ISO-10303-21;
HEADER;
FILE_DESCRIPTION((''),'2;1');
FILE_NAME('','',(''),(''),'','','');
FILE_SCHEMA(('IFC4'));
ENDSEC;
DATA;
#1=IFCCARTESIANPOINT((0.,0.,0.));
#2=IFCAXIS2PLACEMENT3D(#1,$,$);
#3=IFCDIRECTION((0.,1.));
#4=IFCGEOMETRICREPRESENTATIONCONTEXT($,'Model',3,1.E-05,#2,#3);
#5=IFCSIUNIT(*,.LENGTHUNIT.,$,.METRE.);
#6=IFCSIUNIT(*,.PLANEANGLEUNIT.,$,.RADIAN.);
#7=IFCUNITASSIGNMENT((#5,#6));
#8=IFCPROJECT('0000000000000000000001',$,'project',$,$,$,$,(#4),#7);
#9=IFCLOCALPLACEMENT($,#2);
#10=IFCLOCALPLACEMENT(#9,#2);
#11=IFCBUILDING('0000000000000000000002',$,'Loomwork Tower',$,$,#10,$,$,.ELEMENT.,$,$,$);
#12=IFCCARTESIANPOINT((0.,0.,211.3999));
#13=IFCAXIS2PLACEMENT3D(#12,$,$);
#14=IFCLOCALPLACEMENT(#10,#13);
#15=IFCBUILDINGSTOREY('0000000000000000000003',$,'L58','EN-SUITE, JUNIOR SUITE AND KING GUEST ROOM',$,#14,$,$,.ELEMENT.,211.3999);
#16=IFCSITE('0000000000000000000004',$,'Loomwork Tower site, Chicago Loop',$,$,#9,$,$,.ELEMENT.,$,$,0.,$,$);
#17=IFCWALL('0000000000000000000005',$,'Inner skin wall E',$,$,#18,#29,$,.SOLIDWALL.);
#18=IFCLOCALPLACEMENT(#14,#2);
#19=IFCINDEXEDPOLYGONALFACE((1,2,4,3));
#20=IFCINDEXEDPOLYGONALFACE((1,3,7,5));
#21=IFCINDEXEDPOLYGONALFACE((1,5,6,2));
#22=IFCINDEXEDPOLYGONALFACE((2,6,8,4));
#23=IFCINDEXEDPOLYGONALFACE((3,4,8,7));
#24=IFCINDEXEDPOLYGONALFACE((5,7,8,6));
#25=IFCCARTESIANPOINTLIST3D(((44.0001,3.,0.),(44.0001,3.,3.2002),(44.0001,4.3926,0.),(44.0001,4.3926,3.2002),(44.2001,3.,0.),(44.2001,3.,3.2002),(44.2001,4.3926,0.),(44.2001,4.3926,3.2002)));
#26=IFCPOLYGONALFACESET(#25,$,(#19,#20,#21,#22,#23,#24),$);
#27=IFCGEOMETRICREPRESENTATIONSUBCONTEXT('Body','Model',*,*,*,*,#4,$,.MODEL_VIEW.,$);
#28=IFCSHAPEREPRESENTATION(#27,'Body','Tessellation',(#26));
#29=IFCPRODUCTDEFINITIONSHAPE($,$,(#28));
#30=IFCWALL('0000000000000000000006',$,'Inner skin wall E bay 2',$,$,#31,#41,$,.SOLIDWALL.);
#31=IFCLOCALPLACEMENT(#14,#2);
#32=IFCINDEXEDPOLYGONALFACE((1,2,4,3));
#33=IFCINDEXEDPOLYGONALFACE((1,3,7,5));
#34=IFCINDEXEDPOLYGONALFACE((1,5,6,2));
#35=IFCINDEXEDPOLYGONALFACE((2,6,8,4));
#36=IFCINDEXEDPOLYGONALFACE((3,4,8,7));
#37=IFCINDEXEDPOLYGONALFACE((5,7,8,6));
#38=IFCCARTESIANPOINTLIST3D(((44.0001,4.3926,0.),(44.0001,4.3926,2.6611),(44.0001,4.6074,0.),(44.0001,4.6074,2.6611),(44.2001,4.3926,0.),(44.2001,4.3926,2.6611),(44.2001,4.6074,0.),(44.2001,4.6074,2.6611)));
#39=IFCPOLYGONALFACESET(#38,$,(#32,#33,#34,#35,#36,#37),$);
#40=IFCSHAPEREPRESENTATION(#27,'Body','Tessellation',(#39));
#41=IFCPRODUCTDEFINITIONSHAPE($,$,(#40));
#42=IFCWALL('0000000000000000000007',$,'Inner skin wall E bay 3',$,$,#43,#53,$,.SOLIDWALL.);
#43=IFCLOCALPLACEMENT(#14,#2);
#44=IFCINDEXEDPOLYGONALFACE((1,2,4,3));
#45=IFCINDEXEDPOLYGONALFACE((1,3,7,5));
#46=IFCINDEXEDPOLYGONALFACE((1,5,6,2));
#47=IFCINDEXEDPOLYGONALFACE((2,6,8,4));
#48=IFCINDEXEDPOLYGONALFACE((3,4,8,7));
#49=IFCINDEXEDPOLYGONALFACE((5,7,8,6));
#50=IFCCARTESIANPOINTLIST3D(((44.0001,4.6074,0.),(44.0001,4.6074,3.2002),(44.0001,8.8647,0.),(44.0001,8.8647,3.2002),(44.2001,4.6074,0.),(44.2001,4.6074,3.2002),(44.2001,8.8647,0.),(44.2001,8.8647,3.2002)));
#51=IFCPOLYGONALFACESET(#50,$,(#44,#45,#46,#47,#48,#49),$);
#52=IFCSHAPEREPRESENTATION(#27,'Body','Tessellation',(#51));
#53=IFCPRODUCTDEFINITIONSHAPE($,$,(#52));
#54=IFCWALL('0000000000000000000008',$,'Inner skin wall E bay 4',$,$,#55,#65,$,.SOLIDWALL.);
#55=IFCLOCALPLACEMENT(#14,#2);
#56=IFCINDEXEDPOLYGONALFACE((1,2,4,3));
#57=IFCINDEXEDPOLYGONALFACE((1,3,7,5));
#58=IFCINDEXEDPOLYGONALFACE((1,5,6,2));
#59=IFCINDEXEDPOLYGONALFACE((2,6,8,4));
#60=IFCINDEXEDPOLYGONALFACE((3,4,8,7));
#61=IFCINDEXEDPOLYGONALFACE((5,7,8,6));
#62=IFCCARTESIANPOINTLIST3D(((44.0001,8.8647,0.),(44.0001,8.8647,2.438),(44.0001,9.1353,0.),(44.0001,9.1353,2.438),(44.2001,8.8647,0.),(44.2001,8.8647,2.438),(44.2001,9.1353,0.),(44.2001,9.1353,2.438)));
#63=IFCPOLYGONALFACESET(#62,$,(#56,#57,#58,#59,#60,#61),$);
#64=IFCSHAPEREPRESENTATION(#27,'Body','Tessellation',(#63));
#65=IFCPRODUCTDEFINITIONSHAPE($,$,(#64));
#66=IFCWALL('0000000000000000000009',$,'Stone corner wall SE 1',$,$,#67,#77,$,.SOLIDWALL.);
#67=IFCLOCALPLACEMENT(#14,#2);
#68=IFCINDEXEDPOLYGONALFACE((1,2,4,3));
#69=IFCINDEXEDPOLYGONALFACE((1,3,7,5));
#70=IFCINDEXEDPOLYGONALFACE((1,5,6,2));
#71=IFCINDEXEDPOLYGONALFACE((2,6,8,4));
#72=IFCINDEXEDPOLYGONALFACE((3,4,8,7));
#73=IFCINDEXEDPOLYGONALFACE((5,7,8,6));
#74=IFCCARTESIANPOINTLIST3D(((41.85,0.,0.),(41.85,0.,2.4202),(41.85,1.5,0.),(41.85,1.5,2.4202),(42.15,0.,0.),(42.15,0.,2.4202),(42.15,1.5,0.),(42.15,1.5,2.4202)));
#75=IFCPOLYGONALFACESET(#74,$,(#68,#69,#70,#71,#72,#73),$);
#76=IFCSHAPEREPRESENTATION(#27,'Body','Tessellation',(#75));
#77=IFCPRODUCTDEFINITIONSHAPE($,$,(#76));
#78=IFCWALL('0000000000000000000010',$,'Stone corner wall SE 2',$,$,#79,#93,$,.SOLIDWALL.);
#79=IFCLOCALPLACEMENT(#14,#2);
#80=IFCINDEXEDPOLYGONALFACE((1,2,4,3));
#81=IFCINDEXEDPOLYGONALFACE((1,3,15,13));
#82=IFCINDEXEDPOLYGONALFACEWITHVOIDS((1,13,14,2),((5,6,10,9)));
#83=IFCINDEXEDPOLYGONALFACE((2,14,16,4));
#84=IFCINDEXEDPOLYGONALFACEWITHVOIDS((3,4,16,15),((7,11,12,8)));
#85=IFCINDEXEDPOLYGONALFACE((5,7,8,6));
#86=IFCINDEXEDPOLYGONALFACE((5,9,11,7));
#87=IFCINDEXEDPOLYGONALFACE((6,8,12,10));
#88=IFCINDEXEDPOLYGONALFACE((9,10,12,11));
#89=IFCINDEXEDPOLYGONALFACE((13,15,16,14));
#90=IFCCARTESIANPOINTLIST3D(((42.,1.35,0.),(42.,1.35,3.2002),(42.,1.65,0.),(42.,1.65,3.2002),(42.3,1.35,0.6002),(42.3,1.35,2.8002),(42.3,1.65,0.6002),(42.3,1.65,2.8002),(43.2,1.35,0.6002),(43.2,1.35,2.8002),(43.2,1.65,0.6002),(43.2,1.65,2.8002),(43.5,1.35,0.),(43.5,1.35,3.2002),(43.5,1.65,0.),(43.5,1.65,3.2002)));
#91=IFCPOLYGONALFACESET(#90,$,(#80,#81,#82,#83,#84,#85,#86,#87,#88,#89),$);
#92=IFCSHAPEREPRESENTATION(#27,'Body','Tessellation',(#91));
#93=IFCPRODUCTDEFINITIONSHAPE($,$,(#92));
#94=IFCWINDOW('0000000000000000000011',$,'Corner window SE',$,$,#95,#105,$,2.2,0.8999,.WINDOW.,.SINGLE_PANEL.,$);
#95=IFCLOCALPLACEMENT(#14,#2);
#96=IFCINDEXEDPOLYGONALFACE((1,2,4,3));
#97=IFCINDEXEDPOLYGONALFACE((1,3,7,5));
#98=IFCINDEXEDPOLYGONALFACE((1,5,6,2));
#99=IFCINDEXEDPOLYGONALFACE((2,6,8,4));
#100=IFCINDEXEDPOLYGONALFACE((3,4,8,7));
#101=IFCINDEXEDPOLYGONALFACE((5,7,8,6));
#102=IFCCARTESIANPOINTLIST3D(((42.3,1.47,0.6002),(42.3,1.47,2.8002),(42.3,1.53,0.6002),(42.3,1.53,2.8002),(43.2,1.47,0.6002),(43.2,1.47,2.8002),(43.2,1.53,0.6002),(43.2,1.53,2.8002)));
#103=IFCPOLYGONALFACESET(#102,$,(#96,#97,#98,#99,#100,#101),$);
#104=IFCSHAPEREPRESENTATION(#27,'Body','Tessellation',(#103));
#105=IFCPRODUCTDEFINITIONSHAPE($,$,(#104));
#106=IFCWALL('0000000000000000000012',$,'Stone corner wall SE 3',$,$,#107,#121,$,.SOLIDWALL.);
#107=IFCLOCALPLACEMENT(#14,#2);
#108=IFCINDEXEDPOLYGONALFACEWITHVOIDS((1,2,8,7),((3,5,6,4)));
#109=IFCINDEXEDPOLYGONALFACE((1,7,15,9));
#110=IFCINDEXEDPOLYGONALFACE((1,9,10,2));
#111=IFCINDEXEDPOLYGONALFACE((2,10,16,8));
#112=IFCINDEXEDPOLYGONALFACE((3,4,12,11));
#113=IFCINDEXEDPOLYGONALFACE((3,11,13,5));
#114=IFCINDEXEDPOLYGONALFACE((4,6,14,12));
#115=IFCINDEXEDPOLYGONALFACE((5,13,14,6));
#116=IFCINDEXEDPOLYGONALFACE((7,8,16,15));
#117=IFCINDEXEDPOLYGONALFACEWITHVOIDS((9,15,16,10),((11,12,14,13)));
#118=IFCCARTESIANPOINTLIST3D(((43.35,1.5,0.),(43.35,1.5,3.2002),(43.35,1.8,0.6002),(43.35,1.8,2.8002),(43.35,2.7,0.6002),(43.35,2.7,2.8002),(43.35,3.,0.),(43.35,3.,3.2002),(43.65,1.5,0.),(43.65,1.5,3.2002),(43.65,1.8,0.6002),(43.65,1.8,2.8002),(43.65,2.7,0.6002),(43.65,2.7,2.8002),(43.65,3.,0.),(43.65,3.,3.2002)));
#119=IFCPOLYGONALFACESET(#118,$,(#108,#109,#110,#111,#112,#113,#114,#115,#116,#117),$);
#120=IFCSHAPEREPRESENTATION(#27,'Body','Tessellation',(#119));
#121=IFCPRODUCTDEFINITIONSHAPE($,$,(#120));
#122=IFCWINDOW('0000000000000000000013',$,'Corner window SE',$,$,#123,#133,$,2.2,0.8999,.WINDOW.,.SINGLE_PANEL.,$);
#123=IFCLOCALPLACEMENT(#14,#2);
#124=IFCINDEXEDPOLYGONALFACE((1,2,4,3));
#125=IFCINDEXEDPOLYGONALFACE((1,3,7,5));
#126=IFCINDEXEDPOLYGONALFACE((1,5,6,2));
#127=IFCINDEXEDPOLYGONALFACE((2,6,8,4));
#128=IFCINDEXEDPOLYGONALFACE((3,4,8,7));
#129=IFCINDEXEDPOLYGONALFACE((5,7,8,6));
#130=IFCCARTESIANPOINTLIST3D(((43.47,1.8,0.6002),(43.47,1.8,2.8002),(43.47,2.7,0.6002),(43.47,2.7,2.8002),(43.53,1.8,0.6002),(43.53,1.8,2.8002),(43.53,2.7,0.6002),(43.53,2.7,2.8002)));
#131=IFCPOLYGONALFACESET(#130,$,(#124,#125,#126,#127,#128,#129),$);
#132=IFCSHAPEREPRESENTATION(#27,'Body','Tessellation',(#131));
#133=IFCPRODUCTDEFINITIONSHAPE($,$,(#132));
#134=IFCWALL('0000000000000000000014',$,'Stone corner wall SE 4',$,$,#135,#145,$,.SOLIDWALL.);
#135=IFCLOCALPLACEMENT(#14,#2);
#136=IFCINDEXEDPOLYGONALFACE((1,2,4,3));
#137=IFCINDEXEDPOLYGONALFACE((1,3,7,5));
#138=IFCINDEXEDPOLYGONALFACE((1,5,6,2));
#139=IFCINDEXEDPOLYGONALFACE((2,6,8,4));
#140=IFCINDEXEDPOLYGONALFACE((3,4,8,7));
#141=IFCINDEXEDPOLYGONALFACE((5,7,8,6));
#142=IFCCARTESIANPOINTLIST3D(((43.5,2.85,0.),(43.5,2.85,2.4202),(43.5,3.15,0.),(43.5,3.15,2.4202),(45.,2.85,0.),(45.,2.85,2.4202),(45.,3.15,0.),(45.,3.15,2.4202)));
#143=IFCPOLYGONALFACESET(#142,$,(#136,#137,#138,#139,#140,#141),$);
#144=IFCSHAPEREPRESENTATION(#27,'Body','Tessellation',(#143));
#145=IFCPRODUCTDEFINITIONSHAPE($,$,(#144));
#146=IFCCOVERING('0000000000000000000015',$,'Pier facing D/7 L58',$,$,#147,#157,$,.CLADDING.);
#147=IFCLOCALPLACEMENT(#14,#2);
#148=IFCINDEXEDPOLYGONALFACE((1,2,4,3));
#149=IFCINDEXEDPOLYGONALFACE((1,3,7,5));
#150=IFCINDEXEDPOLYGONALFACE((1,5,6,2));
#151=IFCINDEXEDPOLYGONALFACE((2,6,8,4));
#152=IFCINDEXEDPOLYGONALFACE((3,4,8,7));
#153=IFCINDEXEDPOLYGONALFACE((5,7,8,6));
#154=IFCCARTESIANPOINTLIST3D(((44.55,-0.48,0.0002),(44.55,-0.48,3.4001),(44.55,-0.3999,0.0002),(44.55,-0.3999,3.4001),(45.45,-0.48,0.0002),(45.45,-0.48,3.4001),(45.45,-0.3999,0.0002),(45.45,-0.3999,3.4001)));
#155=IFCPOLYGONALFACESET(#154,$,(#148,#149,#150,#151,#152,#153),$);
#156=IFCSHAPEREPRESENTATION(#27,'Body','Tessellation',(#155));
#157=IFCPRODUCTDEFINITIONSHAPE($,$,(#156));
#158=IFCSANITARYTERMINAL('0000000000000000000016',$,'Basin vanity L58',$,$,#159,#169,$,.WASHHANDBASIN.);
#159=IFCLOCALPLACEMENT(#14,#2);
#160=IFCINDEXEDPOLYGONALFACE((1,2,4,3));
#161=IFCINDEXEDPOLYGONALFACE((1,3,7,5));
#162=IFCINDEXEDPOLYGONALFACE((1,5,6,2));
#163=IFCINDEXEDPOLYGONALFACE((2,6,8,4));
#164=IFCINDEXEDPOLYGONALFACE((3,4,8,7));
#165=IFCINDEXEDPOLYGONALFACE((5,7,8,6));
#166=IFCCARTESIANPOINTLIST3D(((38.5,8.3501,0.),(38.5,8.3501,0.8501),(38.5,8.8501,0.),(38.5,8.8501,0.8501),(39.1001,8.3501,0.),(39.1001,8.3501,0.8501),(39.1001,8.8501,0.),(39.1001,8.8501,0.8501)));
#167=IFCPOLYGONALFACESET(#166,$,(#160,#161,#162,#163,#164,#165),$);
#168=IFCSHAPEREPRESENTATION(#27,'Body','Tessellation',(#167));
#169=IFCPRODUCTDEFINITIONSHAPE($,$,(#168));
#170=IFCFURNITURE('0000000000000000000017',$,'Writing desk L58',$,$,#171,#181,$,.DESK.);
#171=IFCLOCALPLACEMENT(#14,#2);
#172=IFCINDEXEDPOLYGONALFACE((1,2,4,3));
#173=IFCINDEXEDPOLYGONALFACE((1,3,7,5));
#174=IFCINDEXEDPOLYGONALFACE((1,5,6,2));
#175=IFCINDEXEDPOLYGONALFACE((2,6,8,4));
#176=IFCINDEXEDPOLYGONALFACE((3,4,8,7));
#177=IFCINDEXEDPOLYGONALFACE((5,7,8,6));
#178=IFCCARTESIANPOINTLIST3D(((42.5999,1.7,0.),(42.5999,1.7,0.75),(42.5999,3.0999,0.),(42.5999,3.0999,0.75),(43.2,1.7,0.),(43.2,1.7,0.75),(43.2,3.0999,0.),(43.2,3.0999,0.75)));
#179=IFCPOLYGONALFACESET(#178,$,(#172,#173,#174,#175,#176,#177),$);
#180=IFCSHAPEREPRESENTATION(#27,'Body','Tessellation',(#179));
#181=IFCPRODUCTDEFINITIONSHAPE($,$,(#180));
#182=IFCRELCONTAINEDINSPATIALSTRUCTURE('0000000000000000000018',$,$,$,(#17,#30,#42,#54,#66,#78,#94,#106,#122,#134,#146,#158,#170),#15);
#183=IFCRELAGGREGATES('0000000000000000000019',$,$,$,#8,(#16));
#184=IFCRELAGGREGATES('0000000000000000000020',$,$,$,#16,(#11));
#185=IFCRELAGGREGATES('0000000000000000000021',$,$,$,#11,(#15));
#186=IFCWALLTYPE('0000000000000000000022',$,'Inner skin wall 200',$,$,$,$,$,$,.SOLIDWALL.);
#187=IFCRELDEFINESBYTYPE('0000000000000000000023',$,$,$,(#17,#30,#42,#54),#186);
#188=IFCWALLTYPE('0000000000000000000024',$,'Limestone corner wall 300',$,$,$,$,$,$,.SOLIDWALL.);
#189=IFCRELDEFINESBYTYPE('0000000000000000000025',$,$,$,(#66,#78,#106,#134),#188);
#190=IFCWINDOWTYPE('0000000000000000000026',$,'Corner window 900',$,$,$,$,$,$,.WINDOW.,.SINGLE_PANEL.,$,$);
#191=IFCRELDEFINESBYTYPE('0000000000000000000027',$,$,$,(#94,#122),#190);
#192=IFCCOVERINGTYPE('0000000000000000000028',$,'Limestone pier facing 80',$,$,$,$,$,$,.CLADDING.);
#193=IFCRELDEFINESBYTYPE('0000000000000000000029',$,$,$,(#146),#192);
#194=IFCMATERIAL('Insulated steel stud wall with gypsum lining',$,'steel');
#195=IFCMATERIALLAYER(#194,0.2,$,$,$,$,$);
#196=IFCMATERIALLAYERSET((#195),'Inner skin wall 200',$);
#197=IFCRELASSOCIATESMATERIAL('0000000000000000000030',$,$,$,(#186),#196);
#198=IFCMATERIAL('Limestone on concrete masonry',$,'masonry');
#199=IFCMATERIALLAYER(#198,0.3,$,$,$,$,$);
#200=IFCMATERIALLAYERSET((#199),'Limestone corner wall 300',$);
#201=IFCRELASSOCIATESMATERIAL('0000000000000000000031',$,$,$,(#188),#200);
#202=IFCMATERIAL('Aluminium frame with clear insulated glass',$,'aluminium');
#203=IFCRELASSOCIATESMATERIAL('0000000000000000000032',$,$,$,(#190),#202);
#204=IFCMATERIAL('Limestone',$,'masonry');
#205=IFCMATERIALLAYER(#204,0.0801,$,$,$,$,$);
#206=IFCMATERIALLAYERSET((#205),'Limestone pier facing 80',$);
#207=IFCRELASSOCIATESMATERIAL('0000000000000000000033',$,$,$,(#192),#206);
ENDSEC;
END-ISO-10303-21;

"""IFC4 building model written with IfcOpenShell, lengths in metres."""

from ifc_helpers import new_model, si_unit, direction, frame, frame_2d, origin, origin_2d, place, context, subcontext, project, spatial, rectangle, extrude, material, layer, layer_set, type_object, element, fill, save


model = new_model("IFC4")

# Units and contexts
model_context = context("Model", 3, precision=1e-05, world=origin(), true_north=direction((0.0, 1.0)))
body_context = subcontext(model_context, "Body", "Model", "MODEL_VIEW")
ifc_project = project(units=[si_unit("LENGTHUNIT", "METRE"), si_unit("PLANEANGLEUNIT", "RADIAN")], contexts=[model_context])

# Site, building, storey
site_placement = place(None, origin())
site = spatial("IfcSite", under=ifc_project, at=site_placement, Name="Loomwork Tower site, Chicago Loop", CompositionType="ELEMENT", RefElevation=0.0)
building_placement = place(site_placement, origin())
building = spatial("IfcBuilding", under=site, at=building_placement, Name="Loomwork Tower", CompositionType="ELEMENT")
storey_placement = place(building_placement, frame((0.0, 0.0, 211.3999)))
storey = spatial("IfcBuildingStorey", under=building, at=storey_placement, Name="L58", Description="EN-SUITE, JUNIOR SUITE AND KING GUEST ROOM", CompositionType="ELEMENT", Elevation=211.3999)

# Walls
ifc_material_1 = material(Name="Insulated steel stud wall with gypsum lining", Category="steel")
ifc_layer_1 = layer(ifc_material_1, 0.2)
ifc_layer_set_1 = layer_set([ifc_layer_1], Name="Inner skin wall 200")
wall_type_1 = type_object("IfcWallType", Name="Inner skin wall 200", PredefinedType="SOLIDWALL", material=ifc_layer_set_1)
wall_1_placement = place(storey_placement, frame((44.1001, 3.0, 0.0), z_axis=(0.0, 0.0, 1.0), x_axis=(0.0, 1.0, 0.0)))
element("IfcWall", 1, at=wall_1_placement, inside=storey, type_object=wall_type_1, Name="Inner skin wall E", PredefinedType="SOLIDWALL", context=body_context, shape_type="SweptSolid", body=[
    extrude(rectangle(XDim=1.3926, YDim=0.2, at=frame_2d((0.6963, 0.0))), origin(), (0.0, 0.0, 1.0), 3.2002),
])
wall_2_placement = place(storey_placement, frame((44.1001, 4.3926, 0.0), z_axis=(0.0, 0.0, 1.0), x_axis=(0.0, 1.0, 0.0)))
element("IfcWall", 2, at=wall_2_placement, inside=storey, type_object=wall_type_1, Name="Inner skin wall E bay 2", PredefinedType="SOLIDWALL", context=body_context, shape_type="SweptSolid", body=[
    extrude(rectangle(XDim=0.2148, YDim=0.2, at=frame_2d((0.1074, 0.0))), origin(), (0.0, 0.0, 1.0), 2.6611),
])
wall_3_placement = place(storey_placement, frame((44.1001, 4.6074, 0.0), z_axis=(0.0, 0.0, 1.0), x_axis=(0.0, 1.0, 0.0)))
element("IfcWall", 3, at=wall_3_placement, inside=storey, type_object=wall_type_1, Name="Inner skin wall E bay 3", PredefinedType="SOLIDWALL", context=body_context, shape_type="SweptSolid", body=[
    extrude(rectangle(XDim=4.2573, YDim=0.2, at=frame_2d((2.1287, 0.0))), origin(), (0.0, 0.0, 1.0), 3.2002),
])
wall_4_placement = place(storey_placement, frame((44.1001, 8.8647, 0.0), z_axis=(0.0, 0.0, 1.0), x_axis=(0.0, 1.0, 0.0)))
element("IfcWall", 4, at=wall_4_placement, inside=storey, type_object=wall_type_1, Name="Inner skin wall E bay 4", PredefinedType="SOLIDWALL", context=body_context, shape_type="SweptSolid", body=[
    extrude(rectangle(XDim=0.2705, YDim=0.2, at=frame_2d((0.1353, 0.0))), origin(), (0.0, 0.0, 1.0), 2.438),
])
ifc_material_2 = material(Name="Limestone on concrete masonry", Category="masonry")
ifc_layer_2 = layer(ifc_material_2, 0.3)
ifc_layer_set_2 = layer_set([ifc_layer_2], Name="Limestone corner wall 300")
wall_type_2 = type_object("IfcWallType", Name="Limestone corner wall 300", PredefinedType="SOLIDWALL", material=ifc_layer_set_2)
wall_5_placement = place(storey_placement, frame((42.0, 0.0, 0.0), z_axis=(0.0, 0.0, 1.0), x_axis=(0.0, 1.0, 0.0)))
element("IfcWall", 5, at=wall_5_placement, inside=storey, type_object=wall_type_2, Name="Stone corner wall SE 1", PredefinedType="SOLIDWALL", context=body_context, shape_type="SweptSolid", body=[
    extrude(rectangle(XDim=1.5, YDim=0.3, at=frame_2d((0.75, 0.0))), origin(), (0.0, 0.0, 1.0), 2.4202),
])

# Walls, openings, windows
wall_6_placement = place(storey_placement, frame((42.0, 1.5, 0.0), z_axis=(0.0, 0.0, 1.0), x_axis=(1.0, 0.0, 0.0)))
wall_6 = element("IfcWall", 6, at=wall_6_placement, inside=storey, type_object=wall_type_2, Name="Stone corner wall SE 2", PredefinedType="SOLIDWALL", context=body_context, shape_type="SweptSolid", body=[
    extrude(rectangle(XDim=1.5, YDim=0.3, at=frame_2d((0.75, 0.0))), origin(), (0.0, 0.0, 1.0), 3.2002),
])
opening_1_placement = place(wall_6_placement, frame((0.3, 0.0, 0.6001)))
opening_1 = element("IfcOpeningElement", 7, at=opening_1_placement, cuts=wall_6, PredefinedType="OPENING", context=body_context, shape_type="SweptSolid", body=[
    extrude(rectangle(XDim=0.8999, YDim=2.2, at=frame_2d((0.45, 1.1001))), frame((0.0, 0.1599, 0.0), z_axis=(0.0, -1.0, 0.0), x_axis=(1.0, 0.0, 0.0)), (0.0, 0.0, 1.0), 0.3201),
])
ifc_material_3 = material(Name="Aluminium frame with clear insulated glass", Category="aluminium")
window_type = type_object("IfcWindowType", Name="Corner window 900", PartitioningType="SINGLE_PANEL", PredefinedType="WINDOW", material=ifc_material_3)
window_1_placement = place(opening_1_placement, origin())
window_1 = element("IfcWindow", 8, at=window_1_placement, inside=storey, type_object=window_type, Name="Corner window SE", OverallHeight=2.2, OverallWidth=0.8999, PartitioningType="SINGLE_PANEL", PredefinedType="WINDOW", context=body_context, shape_type="SweptSolid", body=[
    extrude(rectangle(XDim=0.8999, YDim=2.2, at=frame_2d((0.45, 1.1001))), frame((0.0, 0.03, 0.0), z_axis=(0.0, -1.0, 0.0), x_axis=(1.0, 0.0, 0.0)), (0.0, 0.0, 1.0), 0.0601),
])
fill(opening_1, window_1)
wall_7_placement = place(storey_placement, frame((43.5, 1.5, 0.0), z_axis=(0.0, 0.0, 1.0), x_axis=(0.0, 1.0, 0.0)))
wall_7 = element("IfcWall", 9, at=wall_7_placement, inside=storey, type_object=wall_type_2, Name="Stone corner wall SE 3", PredefinedType="SOLIDWALL", context=body_context, shape_type="SweptSolid", body=[
    extrude(rectangle(XDim=1.5, YDim=0.3, at=frame_2d((0.75, 0.0))), origin(), (0.0, 0.0, 1.0), 3.2002),
])
opening_2_placement = place(wall_7_placement, frame((0.3, 0.0, 0.6001)))
opening_2 = element("IfcOpeningElement", 10, at=opening_2_placement, cuts=wall_7, PredefinedType="OPENING", context=body_context, shape_type="SweptSolid", body=[
    extrude(rectangle(XDim=0.8999, YDim=2.2, at=frame_2d((0.45, 1.1001))), frame((0.0, 0.1599, 0.0), z_axis=(0.0, -1.0, 0.0), x_axis=(1.0, 0.0, 0.0)), (0.0, 0.0, 1.0), 0.3201),
])
window_2_placement = place(opening_2_placement, origin())
window_2 = element("IfcWindow", 11, at=window_2_placement, inside=storey, type_object=window_type, Name="Corner window SE", OverallHeight=2.2, OverallWidth=0.8999, PartitioningType="SINGLE_PANEL", PredefinedType="WINDOW", context=body_context, shape_type="SweptSolid", body=[
    extrude(rectangle(XDim=0.8999, YDim=2.2, at=frame_2d((0.45, 1.1001))), frame((0.0, 0.03, 0.0), z_axis=(0.0, -1.0, 0.0), x_axis=(1.0, 0.0, 0.0)), (0.0, 0.0, 1.0), 0.0601),
])
fill(opening_2, window_2)

# Wall
wall_8_placement = place(storey_placement, frame((43.5, 3.0, 0.0), z_axis=(0.0, 0.0, 1.0), x_axis=(1.0, 0.0, 0.0)))
element("IfcWall", 12, at=wall_8_placement, inside=storey, type_object=wall_type_2, Name="Stone corner wall SE 4", PredefinedType="SOLIDWALL", context=body_context, shape_type="SweptSolid", body=[
    extrude(rectangle(XDim=1.5, YDim=0.3, at=frame_2d((0.75, 0.0))), origin(), (0.0, 0.0, 1.0), 2.4202),
])

# Covering
ifc_material_4 = material(Name="Limestone", Category="masonry")
ifc_layer_3 = layer(ifc_material_4, 0.0801)
ifc_layer_set_3 = layer_set([ifc_layer_3], Name="Limestone pier facing 80")
covering_type = type_object("IfcCoveringType", Name="Limestone pier facing 80", PredefinedType="CLADDING", material=ifc_layer_set_3)
covering_placement = place(storey_placement, frame((45.0, -0.4399, 0.0002), z_axis=(0.0, 0.0, 1.0), x_axis=(1.0, 0.0, 0.0)))
element("IfcCovering", 13, at=covering_placement, inside=storey, type_object=covering_type, Name="Pier facing D/7 L58", PredefinedType="CLADDING", context=body_context, shape_type="SweptSolid", body=[
    extrude(rectangle(XDim=0.8999, YDim=0.0801, at=origin_2d()), origin(), (0.0, 0.0, 1.0), 3.3999),
])

# Sanitary terminal
sanitary_terminal_placement = place(storey_placement, frame((38.8, 8.6001, 0.0), z_axis=(0.0, 0.0, 1.0), x_axis=(1.0, 0.0, 0.0)))
element("IfcSanitaryTerminal", 14, at=sanitary_terminal_placement, inside=storey, Name="Basin vanity L58", PredefinedType="WASHHANDBASIN", context=body_context, shape_type="SweptSolid", body=[
    extrude(rectangle(XDim=0.6001, YDim=0.5, at=origin_2d()), origin(), (0.0, 0.0, 1.0), 0.8501),
])

# Furniture
furniture_1_placement = place(storey_placement, frame((42.8999, 2.3999, 0.0), z_axis=(0.0, 0.0, 1.0), x_axis=(1.0, 0.0, 0.0)))
element("IfcFurniture", 15, at=furniture_1_placement, inside=storey, Name="Writing desk L58", PredefinedType="DESK", context=body_context, shape_type="SweptSolid", body=[
    extrude(rectangle(XDim=0.6001, YDim=1.3999, at=origin_2d()), origin(), (0.0, 0.0, 1.0), 0.75),
])

save(model, "model.ifc")
